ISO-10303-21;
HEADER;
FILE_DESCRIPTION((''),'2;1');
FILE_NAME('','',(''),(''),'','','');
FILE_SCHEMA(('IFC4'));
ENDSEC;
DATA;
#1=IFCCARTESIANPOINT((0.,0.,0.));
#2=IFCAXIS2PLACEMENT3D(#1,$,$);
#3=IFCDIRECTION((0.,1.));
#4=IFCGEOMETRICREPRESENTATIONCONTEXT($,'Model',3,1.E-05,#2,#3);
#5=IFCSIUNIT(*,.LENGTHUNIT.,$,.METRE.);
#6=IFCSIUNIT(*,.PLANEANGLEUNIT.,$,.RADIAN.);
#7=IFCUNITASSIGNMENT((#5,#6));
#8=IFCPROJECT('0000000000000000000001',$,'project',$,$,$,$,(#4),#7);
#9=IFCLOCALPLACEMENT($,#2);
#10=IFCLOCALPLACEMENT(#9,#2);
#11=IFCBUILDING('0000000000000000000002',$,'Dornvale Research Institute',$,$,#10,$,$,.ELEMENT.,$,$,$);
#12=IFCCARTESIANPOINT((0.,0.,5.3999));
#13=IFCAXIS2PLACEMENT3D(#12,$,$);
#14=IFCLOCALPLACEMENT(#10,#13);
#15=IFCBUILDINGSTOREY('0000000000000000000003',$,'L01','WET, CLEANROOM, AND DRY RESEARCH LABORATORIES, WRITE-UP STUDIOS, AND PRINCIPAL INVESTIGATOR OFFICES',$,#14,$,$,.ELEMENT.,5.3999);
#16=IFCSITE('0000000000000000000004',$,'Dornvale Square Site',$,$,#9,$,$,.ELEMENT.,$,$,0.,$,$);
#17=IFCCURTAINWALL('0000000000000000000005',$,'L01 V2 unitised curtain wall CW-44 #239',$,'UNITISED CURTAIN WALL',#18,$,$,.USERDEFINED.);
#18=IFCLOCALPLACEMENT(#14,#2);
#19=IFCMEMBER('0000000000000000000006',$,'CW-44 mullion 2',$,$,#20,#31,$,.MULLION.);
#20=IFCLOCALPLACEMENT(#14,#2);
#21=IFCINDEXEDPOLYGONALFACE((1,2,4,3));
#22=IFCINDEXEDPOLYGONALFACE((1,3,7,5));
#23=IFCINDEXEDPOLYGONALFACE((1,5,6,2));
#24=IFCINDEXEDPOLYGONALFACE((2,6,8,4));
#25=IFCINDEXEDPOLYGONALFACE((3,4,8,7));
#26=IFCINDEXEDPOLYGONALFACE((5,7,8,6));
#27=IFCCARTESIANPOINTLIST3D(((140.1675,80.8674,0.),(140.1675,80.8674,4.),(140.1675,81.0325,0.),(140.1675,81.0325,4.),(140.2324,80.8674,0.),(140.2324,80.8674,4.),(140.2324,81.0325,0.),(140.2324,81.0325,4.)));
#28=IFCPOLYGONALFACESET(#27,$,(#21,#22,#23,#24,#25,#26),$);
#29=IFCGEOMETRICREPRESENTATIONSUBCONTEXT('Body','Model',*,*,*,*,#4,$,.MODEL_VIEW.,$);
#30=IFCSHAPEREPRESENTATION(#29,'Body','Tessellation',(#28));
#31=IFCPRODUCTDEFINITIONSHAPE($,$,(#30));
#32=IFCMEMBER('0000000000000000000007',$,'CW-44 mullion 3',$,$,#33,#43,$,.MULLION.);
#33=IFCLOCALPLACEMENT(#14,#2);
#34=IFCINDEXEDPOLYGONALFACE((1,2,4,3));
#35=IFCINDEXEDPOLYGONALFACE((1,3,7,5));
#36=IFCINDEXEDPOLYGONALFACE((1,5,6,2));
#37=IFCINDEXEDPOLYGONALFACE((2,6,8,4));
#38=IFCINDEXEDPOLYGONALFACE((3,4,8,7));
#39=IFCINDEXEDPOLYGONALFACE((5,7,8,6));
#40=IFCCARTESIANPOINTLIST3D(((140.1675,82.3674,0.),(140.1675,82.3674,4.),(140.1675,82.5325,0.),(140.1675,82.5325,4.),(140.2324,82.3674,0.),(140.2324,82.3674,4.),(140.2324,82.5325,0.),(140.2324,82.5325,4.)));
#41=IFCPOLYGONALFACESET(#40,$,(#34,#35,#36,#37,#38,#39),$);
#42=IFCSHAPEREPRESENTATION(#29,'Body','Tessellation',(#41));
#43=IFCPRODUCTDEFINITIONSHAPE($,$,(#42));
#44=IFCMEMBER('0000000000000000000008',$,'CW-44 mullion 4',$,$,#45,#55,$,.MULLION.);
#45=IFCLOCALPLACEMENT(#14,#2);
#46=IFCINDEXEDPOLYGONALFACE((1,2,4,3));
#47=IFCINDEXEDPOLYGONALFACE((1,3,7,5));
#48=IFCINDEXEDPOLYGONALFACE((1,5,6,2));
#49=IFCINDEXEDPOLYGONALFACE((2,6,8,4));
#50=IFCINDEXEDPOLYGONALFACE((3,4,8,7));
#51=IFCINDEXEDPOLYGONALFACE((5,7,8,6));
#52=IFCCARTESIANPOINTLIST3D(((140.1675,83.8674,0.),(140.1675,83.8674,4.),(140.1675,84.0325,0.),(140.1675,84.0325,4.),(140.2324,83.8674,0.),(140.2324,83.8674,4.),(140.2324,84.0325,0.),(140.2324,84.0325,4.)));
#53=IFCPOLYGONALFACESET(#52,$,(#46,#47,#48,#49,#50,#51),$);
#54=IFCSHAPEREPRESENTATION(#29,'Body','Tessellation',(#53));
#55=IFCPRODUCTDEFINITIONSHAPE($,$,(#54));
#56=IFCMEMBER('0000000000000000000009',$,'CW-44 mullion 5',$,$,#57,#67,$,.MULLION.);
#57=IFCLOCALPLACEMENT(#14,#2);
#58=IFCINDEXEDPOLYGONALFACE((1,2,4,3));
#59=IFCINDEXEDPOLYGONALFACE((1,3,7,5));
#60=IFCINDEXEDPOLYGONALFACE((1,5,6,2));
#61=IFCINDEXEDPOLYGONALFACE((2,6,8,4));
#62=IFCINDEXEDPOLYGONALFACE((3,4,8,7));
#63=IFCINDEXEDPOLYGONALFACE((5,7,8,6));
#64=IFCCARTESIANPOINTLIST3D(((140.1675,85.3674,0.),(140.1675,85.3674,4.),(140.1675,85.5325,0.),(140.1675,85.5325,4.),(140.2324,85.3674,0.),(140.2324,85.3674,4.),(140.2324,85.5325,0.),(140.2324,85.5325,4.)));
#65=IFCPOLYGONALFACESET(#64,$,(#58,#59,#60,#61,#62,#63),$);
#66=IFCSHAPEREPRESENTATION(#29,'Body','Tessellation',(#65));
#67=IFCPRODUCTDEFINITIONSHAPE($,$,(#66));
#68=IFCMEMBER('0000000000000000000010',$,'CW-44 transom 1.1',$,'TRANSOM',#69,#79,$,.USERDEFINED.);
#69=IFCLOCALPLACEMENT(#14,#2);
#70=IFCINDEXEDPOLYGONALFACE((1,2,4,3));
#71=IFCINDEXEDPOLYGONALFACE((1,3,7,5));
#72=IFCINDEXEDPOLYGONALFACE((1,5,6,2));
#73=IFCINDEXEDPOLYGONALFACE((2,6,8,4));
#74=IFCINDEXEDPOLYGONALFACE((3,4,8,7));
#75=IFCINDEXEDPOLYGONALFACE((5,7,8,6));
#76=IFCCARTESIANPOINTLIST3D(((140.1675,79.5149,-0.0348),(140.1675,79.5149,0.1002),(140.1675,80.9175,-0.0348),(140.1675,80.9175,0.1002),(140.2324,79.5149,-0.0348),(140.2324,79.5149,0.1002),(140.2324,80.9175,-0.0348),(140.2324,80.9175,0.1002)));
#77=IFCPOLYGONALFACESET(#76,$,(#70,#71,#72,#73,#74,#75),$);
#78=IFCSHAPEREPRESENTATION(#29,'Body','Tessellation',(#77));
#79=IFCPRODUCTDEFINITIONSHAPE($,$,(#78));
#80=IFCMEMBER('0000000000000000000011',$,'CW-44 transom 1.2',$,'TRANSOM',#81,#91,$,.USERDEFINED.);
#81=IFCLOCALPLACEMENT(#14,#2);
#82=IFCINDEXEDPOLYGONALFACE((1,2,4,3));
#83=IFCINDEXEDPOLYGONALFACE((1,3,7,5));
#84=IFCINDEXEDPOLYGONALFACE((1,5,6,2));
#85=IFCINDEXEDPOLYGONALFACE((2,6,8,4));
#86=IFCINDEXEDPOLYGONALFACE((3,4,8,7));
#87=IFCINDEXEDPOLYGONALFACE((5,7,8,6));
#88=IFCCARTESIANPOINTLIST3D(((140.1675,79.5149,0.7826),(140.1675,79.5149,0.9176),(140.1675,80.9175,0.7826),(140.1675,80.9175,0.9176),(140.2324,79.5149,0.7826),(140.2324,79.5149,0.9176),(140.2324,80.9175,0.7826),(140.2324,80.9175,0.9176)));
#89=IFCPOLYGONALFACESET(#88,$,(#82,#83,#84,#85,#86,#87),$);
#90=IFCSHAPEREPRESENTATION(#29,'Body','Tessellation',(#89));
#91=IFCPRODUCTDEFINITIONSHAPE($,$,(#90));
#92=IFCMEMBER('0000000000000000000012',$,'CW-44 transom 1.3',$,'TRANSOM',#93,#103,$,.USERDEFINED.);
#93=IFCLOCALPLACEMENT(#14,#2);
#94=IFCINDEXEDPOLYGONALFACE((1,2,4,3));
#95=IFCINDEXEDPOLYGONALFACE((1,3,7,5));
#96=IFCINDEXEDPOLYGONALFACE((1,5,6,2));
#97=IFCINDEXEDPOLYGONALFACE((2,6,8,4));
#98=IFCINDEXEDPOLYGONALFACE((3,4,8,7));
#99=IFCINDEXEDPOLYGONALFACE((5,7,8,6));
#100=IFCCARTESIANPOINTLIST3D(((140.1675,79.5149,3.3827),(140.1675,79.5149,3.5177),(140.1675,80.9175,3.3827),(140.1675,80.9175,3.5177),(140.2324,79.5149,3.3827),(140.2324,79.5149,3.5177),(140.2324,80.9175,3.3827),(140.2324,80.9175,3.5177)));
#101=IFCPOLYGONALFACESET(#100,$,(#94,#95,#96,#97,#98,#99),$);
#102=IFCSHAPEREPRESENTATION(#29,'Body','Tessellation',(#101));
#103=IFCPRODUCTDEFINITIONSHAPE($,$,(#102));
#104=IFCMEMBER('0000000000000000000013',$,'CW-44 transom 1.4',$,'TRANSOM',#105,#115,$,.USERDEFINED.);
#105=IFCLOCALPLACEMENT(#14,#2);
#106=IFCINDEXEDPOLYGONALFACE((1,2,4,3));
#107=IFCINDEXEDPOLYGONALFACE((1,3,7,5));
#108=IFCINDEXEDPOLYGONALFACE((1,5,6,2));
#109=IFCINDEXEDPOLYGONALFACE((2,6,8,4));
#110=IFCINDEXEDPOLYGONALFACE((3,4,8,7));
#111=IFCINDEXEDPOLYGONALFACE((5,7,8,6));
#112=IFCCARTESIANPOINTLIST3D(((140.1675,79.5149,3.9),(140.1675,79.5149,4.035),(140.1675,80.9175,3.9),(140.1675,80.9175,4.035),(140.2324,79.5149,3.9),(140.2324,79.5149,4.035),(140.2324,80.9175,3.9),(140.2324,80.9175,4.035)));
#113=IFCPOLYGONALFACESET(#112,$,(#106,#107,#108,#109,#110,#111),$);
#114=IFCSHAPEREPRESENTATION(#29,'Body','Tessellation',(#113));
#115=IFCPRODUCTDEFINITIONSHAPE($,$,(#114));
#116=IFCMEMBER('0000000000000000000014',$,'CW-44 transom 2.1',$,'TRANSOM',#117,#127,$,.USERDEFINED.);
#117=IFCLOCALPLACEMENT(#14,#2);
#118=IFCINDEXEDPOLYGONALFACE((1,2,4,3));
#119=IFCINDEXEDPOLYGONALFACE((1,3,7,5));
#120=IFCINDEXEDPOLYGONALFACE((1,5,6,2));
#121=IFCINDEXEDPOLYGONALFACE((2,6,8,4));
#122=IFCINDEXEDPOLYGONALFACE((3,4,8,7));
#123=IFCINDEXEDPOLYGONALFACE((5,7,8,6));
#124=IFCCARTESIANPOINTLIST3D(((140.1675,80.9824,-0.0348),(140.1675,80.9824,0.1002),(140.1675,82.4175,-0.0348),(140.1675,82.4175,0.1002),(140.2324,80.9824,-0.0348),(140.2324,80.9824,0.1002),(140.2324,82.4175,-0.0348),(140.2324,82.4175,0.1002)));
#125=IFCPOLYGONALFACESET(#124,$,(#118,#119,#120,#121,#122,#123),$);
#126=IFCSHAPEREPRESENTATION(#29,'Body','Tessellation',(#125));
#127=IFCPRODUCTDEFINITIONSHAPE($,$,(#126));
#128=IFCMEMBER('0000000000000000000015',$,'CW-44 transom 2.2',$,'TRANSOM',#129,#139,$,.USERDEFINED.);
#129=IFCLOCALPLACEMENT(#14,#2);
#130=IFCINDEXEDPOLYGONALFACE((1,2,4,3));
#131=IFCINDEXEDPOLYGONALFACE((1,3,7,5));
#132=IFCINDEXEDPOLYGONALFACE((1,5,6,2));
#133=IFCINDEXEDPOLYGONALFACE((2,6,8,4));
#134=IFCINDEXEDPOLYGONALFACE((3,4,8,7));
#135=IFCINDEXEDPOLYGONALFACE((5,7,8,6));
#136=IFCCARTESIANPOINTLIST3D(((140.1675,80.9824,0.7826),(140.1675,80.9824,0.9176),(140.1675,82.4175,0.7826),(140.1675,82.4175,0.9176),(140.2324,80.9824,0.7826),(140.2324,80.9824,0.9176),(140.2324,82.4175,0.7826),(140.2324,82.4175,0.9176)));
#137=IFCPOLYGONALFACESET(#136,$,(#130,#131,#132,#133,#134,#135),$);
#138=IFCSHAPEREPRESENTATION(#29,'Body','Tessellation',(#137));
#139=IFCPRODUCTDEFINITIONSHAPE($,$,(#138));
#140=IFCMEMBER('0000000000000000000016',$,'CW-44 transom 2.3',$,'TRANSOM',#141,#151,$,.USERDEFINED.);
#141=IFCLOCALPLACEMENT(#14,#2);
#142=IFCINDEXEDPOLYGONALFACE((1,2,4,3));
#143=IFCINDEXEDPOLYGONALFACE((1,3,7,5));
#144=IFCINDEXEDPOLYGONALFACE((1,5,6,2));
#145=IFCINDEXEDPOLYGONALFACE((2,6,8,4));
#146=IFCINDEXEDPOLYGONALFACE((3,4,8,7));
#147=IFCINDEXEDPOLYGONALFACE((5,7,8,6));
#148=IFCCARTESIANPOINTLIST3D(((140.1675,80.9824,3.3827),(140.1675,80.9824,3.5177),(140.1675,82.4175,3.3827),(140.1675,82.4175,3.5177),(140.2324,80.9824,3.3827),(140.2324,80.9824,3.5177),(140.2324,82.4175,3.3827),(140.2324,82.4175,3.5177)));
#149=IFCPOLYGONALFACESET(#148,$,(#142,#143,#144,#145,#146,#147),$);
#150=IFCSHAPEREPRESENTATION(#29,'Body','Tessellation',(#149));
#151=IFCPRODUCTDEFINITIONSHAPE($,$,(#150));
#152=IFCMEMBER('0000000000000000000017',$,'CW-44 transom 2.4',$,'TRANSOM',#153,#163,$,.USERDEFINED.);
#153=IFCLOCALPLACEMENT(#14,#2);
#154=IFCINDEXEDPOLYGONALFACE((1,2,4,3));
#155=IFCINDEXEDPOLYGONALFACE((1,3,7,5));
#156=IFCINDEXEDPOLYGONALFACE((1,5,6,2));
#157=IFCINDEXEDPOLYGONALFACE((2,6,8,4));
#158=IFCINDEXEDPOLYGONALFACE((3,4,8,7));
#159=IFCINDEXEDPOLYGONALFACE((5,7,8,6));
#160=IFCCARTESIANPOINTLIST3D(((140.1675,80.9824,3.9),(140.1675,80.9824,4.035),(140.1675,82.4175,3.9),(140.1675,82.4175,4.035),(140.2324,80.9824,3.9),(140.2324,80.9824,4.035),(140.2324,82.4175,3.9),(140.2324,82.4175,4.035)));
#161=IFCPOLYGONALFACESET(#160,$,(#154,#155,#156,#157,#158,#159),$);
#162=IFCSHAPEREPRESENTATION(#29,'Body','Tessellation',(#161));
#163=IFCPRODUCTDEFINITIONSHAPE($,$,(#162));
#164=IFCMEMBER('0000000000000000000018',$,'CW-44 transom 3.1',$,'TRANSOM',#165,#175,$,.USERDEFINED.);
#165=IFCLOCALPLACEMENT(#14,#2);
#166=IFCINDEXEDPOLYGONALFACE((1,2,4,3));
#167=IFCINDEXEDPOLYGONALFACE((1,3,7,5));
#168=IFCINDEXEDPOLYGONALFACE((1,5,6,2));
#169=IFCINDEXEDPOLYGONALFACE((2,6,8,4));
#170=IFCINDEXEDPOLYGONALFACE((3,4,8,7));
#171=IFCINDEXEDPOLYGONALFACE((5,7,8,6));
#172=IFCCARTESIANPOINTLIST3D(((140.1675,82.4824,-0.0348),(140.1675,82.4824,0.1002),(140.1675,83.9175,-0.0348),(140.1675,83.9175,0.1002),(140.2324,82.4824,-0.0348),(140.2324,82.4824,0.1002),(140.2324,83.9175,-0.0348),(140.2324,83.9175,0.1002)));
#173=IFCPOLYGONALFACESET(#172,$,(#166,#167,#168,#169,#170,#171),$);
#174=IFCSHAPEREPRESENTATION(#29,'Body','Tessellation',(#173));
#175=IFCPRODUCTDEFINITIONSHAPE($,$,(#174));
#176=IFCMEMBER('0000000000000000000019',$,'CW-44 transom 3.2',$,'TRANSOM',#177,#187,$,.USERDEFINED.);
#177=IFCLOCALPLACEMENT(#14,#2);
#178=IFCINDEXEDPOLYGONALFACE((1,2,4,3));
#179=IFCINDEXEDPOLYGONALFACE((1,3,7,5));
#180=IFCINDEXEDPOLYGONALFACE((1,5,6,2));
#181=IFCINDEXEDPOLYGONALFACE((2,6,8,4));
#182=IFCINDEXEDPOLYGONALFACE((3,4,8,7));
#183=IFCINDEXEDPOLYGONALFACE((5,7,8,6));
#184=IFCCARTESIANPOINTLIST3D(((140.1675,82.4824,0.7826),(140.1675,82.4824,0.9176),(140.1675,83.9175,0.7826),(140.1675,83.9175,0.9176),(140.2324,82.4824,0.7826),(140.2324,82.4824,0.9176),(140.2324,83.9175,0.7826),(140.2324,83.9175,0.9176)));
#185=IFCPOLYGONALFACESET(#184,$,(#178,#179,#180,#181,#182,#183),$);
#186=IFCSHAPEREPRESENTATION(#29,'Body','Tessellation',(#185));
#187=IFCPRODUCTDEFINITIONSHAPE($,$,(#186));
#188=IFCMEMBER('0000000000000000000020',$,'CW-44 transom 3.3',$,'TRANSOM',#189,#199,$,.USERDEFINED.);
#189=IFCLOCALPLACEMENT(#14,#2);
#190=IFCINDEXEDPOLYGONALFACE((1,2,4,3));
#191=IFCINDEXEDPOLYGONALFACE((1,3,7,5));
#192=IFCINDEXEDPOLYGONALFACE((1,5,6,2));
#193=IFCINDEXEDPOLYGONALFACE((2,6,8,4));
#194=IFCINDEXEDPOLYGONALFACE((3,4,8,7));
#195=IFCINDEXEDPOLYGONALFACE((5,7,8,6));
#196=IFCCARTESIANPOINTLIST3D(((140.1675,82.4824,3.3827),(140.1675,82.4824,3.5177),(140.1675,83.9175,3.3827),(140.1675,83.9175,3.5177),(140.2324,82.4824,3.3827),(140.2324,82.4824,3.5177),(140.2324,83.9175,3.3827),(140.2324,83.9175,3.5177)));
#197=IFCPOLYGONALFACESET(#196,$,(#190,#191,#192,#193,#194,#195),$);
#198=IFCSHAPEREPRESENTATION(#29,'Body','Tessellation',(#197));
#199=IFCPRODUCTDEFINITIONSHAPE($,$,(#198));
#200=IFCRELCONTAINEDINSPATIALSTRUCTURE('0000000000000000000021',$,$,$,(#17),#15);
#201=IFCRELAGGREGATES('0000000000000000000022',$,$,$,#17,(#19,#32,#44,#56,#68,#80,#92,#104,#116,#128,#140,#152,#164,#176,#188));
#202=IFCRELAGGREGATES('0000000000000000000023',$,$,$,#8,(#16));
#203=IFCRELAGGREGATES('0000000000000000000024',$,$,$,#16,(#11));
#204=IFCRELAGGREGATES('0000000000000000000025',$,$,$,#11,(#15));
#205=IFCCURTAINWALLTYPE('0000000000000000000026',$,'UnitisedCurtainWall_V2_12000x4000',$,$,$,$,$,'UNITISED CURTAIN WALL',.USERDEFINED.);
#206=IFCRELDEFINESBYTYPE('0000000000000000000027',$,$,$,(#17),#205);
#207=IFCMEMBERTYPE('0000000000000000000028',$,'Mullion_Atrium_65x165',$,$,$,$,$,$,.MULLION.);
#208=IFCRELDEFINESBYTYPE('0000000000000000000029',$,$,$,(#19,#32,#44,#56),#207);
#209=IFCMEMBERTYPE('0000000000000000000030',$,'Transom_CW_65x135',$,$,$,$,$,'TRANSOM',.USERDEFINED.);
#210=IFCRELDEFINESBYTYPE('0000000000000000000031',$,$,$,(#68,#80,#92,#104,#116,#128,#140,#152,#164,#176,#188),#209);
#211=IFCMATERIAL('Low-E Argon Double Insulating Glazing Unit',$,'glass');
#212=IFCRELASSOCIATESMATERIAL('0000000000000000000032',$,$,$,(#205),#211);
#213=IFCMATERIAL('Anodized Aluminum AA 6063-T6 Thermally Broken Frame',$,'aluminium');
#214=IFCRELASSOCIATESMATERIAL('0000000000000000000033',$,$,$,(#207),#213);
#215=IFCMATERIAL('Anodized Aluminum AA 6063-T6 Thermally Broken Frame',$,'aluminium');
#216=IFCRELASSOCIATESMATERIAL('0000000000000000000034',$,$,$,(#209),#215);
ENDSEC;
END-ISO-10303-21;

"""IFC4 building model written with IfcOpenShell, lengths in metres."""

from ifc_helpers import new_model, si_unit, direction, frame, origin, origin_2d, place, context, subcontext, project, spatial, rectangle, extrude, material, material_profile, profile_set, type_object, element, aggregate, save


model = new_model("IFC4")

# Units and contexts
model_context = context("Model", 3, precision=1e-05, world=origin(), true_north=direction((0.0, 1.0)))
body_context = subcontext(model_context, "Body", "Model", "MODEL_VIEW")
ifc_project = project(units=[si_unit("LENGTHUNIT", "METRE"), si_unit("PLANEANGLEUNIT", "RADIAN")], contexts=[model_context])

# Site, building, storey
site_placement = place(None, origin())
site = spatial("IfcSite", under=ifc_project, at=site_placement, Name="Dornvale Square Site", CompositionType="ELEMENT", RefElevation=0.0)
building_placement = place(site_placement, origin())
building = spatial("IfcBuilding", under=site, at=building_placement, Name="Dornvale Research Institute", CompositionType="ELEMENT")
storey_placement = place(building_placement, frame((0.0, 0.0, 5.3999)))
storey = spatial("IfcBuildingStorey", under=building, at=storey_placement, Name="L01", Description="WET, CLEANROOM, AND DRY RESEARCH LABORATORIES, WRITE-UP STUDIOS, AND PRINCIPAL INVESTIGATOR OFFICES", CompositionType="ELEMENT", Elevation=5.3999)

# Curtain wall, members
ifc_material_1 = material(Name="Low-E Argon Double Insulating Glazing Unit", Category="glass")
curtain_wall_type = type_object("IfcCurtainWallType", Name="UnitisedCurtainWall_V2_12000x4000", ElementType="UNITISED CURTAIN WALL", PredefinedType="USERDEFINED", material=ifc_material_1)
curtain_wall_placement = place(storey_placement, origin())
curtain_wall = element("IfcCurtainWall", 1, at=curtain_wall_placement, inside=storey, type_object=curtain_wall_type, Name="L01 V2 unitised curtain wall CW-44 #239", ObjectType="UNITISED CURTAIN WALL", PredefinedType="USERDEFINED")
ifc_material_2 = material(Name="Anodized Aluminum AA 6063-T6 Thermally Broken Frame", Category="aluminium")
ifc_material_profile_1 = material_profile(ifc_material_2, rectangle(XDim=0.0649, YDim=0.165, at=origin_2d()), Name="ALU MULLION 65x165")
ifc_profile_set_1 = profile_set([ifc_material_profile_1], Name="Anodized Aluminum AA 6063-T6 Thermally Broken Frame")
member_type_1 = type_object("IfcMemberType", Name="Mullion_Atrium_65x165", PredefinedType="MULLION", material=ifc_profile_set_1)
member_1_placement = place(storey_placement, frame((140.2, 80.95, 0.0), z_axis=(0.0, 0.0, 1.0), x_axis=(-1.0, 0.0, 0.0)))
member_1 = element("IfcMember", 2, at=member_1_placement, type_object=member_type_1, Name="CW-44 mullion 2", PredefinedType="MULLION", context=body_context, shape_type="SweptSolid", body=[
    extrude(rectangle(XDim=0.0649, YDim=0.165, at=origin_2d()), origin(), (0.0, 0.0, 1.0), 4.0),
])
member_2_placement = place(storey_placement, frame((140.2, 82.45, 0.0), z_axis=(0.0, 0.0, 1.0), x_axis=(-1.0, 0.0, 0.0)))
member_2 = element("IfcMember", 3, at=member_2_placement, type_object=member_type_1, Name="CW-44 mullion 3", PredefinedType="MULLION", context=body_context, shape_type="SweptSolid", body=[
    extrude(rectangle(XDim=0.0649, YDim=0.165, at=origin_2d()), origin(), (0.0, 0.0, 1.0), 4.0),
])
member_3_placement = place(storey_placement, frame((140.2, 83.95, 0.0), z_axis=(0.0, 0.0, 1.0), x_axis=(-1.0, 0.0, 0.0)))
member_3 = element("IfcMember", 4, at=member_3_placement, type_object=member_type_1, Name="CW-44 mullion 4", PredefinedType="MULLION", context=body_context, shape_type="SweptSolid", body=[
    extrude(rectangle(XDim=0.0649, YDim=0.165, at=origin_2d()), origin(), (0.0, 0.0, 1.0), 4.0),
])
member_4_placement = place(storey_placement, frame((140.2, 85.45, 0.0), z_axis=(0.0, 0.0, 1.0), x_axis=(-1.0, 0.0, 0.0)))
member_4 = element("IfcMember", 5, at=member_4_placement, type_object=member_type_1, Name="CW-44 mullion 5", PredefinedType="MULLION", context=body_context, shape_type="SweptSolid", body=[
    extrude(rectangle(XDim=0.0649, YDim=0.165, at=origin_2d()), origin(), (0.0, 0.0, 1.0), 4.0),
])
ifc_material_3 = material(Name="Anodized Aluminum AA 6063-T6 Thermally Broken Frame", Category="aluminium")
ifc_material_profile_2 = material_profile(ifc_material_3, rectangle(XDim=0.0649, YDim=0.135, at=origin_2d()), Name="ALU TRANSOM 65x135")
ifc_profile_set_2 = profile_set([ifc_material_profile_2], Name="Anodized Aluminum AA 6063-T6 Thermally Broken Frame")
member_type_2 = type_object("IfcMemberType", Name="Transom_CW_65x135", ElementType="TRANSOM", PredefinedType="USERDEFINED", material=ifc_profile_set_2)
member_5_placement = place(storey_placement, frame((140.2, 79.5149, 0.0327), z_axis=(0.0, 1.0, 0.0), x_axis=(-1.0, 0.0, 0.0)))
member_5 = element("IfcMember", 6, at=member_5_placement, type_object=member_type_2, Name="CW-44 transom 1.1", ObjectType="TRANSOM", PredefinedType="USERDEFINED", context=body_context, shape_type="SweptSolid", body=[
    extrude(rectangle(XDim=0.0649, YDim=0.135, at=origin_2d()), origin(), (0.0, 0.0, 1.0), 1.4026),
])
member_6_placement = place(storey_placement, frame((140.2, 79.5149, 0.8501), z_axis=(0.0, 1.0, 0.0), x_axis=(-1.0, 0.0, 0.0)))
member_6 = element("IfcMember", 7, at=member_6_placement, type_object=member_type_2, Name="CW-44 transom 1.2", ObjectType="TRANSOM", PredefinedType="USERDEFINED", context=body_context, shape_type="SweptSolid", body=[
    extrude(rectangle(XDim=0.0649, YDim=0.135, at=origin_2d()), origin(), (0.0, 0.0, 1.0), 1.4026),
])
member_7_placement = place(storey_placement, frame((140.2, 79.5149, 3.4502), z_axis=(0.0, 1.0, 0.0), x_axis=(-1.0, 0.0, 0.0)))
member_7 = element("IfcMember", 8, at=member_7_placement, type_object=member_type_2, Name="CW-44 transom 1.3", ObjectType="TRANSOM", PredefinedType="USERDEFINED", context=body_context, shape_type="SweptSolid", body=[
    extrude(rectangle(XDim=0.0649, YDim=0.135, at=origin_2d()), origin(), (0.0, 0.0, 1.0), 1.4026),
])
member_8_placement = place(storey_placement, frame((140.2, 79.5149, 3.9675), z_axis=(0.0, 1.0, 0.0), x_axis=(-1.0, 0.0, 0.0)))
member_8 = element("IfcMember", 9, at=member_8_placement, type_object=member_type_2, Name="CW-44 transom 1.4", ObjectType="TRANSOM", PredefinedType="USERDEFINED", context=body_context, shape_type="SweptSolid", body=[
    extrude(rectangle(XDim=0.0649, YDim=0.135, at=origin_2d()), origin(), (0.0, 0.0, 1.0), 1.4026),
])
member_9_placement = place(storey_placement, frame((140.2, 80.9824, 0.0327), z_axis=(0.0, 1.0, 0.0), x_axis=(-1.0, 0.0, 0.0)))
member_9 = element("IfcMember", 10, at=member_9_placement, type_object=member_type_2, Name="CW-44 transom 2.1", ObjectType="TRANSOM", PredefinedType="USERDEFINED", context=body_context, shape_type="SweptSolid", body=[
    extrude(rectangle(XDim=0.0649, YDim=0.135, at=origin_2d()), origin(), (0.0, 0.0, 1.0), 1.4351),
])
member_10_placement = place(storey_placement, frame((140.2, 80.9824, 0.8501), z_axis=(0.0, 1.0, 0.0), x_axis=(-1.0, 0.0, 0.0)))
member_10 = element("IfcMember", 11, at=member_10_placement, type_object=member_type_2, Name="CW-44 transom 2.2", ObjectType="TRANSOM", PredefinedType="USERDEFINED", context=body_context, shape_type="SweptSolid", body=[
    extrude(rectangle(XDim=0.0649, YDim=0.135, at=origin_2d()), origin(), (0.0, 0.0, 1.0), 1.4351),
])
member_11_placement = place(storey_placement, frame((140.2, 80.9824, 3.4502), z_axis=(0.0, 1.0, 0.0), x_axis=(-1.0, 0.0, 0.0)))
member_11 = element("IfcMember", 12, at=member_11_placement, type_object=member_type_2, Name="CW-44 transom 2.3", ObjectType="TRANSOM", PredefinedType="USERDEFINED", context=body_context, shape_type="SweptSolid", body=[
    extrude(rectangle(XDim=0.0649, YDim=0.135, at=origin_2d()), origin(), (0.0, 0.0, 1.0), 1.4351),
])
member_12_placement = place(storey_placement, frame((140.2, 80.9824, 3.9675), z_axis=(0.0, 1.0, 0.0), x_axis=(-1.0, 0.0, 0.0)))
member_12 = element("IfcMember", 13, at=member_12_placement, type_object=member_type_2, Name="CW-44 transom 2.4", ObjectType="TRANSOM", PredefinedType="USERDEFINED", context=body_context, shape_type="SweptSolid", body=[
    extrude(rectangle(XDim=0.0649, YDim=0.135, at=origin_2d()), origin(), (0.0, 0.0, 1.0), 1.4351),
])
member_13_placement = place(storey_placement, frame((140.2, 82.4824, 0.0327), z_axis=(0.0, 1.0, 0.0), x_axis=(-1.0, 0.0, 0.0)))
member_13 = element("IfcMember", 14, at=member_13_placement, type_object=member_type_2, Name="CW-44 transom 3.1", ObjectType="TRANSOM", PredefinedType="USERDEFINED", context=body_context, shape_type="SweptSolid", body=[
    extrude(rectangle(XDim=0.0649, YDim=0.135, at=origin_2d()), origin(), (0.0, 0.0, 1.0), 1.4351),
])
member_14_placement = place(storey_placement, frame((140.2, 82.4824, 0.8501), z_axis=(0.0, 1.0, 0.0), x_axis=(-1.0, 0.0, 0.0)))
member_14 = element("IfcMember", 15, at=member_14_placement, type_object=member_type_2, Name="CW-44 transom 3.2", ObjectType="TRANSOM", PredefinedType="USERDEFINED", context=body_context, shape_type="SweptSolid", body=[
    extrude(rectangle(XDim=0.0649, YDim=0.135, at=origin_2d()), origin(), (0.0, 0.0, 1.0), 1.4351),
])
member_15_placement = place(storey_placement, frame((140.2, 82.4824, 3.4502), z_axis=(0.0, 1.0, 0.0), x_axis=(-1.0, 0.0, 0.0)))
member_15 = element("IfcMember", 16, at=member_15_placement, type_object=member_type_2, Name="CW-44 transom 3.3", ObjectType="TRANSOM", PredefinedType="USERDEFINED", context=body_context, shape_type="SweptSolid", body=[
    extrude(rectangle(XDim=0.0649, YDim=0.135, at=origin_2d()), origin(), (0.0, 0.0, 1.0), 1.4351),
])
aggregate(curtain_wall, [member_1, member_2, member_3, member_4, member_5, member_6, member_7, member_8, member_9, member_10, member_11, member_12, member_13, member_14, member_15])

save(model, "model.ifc")
